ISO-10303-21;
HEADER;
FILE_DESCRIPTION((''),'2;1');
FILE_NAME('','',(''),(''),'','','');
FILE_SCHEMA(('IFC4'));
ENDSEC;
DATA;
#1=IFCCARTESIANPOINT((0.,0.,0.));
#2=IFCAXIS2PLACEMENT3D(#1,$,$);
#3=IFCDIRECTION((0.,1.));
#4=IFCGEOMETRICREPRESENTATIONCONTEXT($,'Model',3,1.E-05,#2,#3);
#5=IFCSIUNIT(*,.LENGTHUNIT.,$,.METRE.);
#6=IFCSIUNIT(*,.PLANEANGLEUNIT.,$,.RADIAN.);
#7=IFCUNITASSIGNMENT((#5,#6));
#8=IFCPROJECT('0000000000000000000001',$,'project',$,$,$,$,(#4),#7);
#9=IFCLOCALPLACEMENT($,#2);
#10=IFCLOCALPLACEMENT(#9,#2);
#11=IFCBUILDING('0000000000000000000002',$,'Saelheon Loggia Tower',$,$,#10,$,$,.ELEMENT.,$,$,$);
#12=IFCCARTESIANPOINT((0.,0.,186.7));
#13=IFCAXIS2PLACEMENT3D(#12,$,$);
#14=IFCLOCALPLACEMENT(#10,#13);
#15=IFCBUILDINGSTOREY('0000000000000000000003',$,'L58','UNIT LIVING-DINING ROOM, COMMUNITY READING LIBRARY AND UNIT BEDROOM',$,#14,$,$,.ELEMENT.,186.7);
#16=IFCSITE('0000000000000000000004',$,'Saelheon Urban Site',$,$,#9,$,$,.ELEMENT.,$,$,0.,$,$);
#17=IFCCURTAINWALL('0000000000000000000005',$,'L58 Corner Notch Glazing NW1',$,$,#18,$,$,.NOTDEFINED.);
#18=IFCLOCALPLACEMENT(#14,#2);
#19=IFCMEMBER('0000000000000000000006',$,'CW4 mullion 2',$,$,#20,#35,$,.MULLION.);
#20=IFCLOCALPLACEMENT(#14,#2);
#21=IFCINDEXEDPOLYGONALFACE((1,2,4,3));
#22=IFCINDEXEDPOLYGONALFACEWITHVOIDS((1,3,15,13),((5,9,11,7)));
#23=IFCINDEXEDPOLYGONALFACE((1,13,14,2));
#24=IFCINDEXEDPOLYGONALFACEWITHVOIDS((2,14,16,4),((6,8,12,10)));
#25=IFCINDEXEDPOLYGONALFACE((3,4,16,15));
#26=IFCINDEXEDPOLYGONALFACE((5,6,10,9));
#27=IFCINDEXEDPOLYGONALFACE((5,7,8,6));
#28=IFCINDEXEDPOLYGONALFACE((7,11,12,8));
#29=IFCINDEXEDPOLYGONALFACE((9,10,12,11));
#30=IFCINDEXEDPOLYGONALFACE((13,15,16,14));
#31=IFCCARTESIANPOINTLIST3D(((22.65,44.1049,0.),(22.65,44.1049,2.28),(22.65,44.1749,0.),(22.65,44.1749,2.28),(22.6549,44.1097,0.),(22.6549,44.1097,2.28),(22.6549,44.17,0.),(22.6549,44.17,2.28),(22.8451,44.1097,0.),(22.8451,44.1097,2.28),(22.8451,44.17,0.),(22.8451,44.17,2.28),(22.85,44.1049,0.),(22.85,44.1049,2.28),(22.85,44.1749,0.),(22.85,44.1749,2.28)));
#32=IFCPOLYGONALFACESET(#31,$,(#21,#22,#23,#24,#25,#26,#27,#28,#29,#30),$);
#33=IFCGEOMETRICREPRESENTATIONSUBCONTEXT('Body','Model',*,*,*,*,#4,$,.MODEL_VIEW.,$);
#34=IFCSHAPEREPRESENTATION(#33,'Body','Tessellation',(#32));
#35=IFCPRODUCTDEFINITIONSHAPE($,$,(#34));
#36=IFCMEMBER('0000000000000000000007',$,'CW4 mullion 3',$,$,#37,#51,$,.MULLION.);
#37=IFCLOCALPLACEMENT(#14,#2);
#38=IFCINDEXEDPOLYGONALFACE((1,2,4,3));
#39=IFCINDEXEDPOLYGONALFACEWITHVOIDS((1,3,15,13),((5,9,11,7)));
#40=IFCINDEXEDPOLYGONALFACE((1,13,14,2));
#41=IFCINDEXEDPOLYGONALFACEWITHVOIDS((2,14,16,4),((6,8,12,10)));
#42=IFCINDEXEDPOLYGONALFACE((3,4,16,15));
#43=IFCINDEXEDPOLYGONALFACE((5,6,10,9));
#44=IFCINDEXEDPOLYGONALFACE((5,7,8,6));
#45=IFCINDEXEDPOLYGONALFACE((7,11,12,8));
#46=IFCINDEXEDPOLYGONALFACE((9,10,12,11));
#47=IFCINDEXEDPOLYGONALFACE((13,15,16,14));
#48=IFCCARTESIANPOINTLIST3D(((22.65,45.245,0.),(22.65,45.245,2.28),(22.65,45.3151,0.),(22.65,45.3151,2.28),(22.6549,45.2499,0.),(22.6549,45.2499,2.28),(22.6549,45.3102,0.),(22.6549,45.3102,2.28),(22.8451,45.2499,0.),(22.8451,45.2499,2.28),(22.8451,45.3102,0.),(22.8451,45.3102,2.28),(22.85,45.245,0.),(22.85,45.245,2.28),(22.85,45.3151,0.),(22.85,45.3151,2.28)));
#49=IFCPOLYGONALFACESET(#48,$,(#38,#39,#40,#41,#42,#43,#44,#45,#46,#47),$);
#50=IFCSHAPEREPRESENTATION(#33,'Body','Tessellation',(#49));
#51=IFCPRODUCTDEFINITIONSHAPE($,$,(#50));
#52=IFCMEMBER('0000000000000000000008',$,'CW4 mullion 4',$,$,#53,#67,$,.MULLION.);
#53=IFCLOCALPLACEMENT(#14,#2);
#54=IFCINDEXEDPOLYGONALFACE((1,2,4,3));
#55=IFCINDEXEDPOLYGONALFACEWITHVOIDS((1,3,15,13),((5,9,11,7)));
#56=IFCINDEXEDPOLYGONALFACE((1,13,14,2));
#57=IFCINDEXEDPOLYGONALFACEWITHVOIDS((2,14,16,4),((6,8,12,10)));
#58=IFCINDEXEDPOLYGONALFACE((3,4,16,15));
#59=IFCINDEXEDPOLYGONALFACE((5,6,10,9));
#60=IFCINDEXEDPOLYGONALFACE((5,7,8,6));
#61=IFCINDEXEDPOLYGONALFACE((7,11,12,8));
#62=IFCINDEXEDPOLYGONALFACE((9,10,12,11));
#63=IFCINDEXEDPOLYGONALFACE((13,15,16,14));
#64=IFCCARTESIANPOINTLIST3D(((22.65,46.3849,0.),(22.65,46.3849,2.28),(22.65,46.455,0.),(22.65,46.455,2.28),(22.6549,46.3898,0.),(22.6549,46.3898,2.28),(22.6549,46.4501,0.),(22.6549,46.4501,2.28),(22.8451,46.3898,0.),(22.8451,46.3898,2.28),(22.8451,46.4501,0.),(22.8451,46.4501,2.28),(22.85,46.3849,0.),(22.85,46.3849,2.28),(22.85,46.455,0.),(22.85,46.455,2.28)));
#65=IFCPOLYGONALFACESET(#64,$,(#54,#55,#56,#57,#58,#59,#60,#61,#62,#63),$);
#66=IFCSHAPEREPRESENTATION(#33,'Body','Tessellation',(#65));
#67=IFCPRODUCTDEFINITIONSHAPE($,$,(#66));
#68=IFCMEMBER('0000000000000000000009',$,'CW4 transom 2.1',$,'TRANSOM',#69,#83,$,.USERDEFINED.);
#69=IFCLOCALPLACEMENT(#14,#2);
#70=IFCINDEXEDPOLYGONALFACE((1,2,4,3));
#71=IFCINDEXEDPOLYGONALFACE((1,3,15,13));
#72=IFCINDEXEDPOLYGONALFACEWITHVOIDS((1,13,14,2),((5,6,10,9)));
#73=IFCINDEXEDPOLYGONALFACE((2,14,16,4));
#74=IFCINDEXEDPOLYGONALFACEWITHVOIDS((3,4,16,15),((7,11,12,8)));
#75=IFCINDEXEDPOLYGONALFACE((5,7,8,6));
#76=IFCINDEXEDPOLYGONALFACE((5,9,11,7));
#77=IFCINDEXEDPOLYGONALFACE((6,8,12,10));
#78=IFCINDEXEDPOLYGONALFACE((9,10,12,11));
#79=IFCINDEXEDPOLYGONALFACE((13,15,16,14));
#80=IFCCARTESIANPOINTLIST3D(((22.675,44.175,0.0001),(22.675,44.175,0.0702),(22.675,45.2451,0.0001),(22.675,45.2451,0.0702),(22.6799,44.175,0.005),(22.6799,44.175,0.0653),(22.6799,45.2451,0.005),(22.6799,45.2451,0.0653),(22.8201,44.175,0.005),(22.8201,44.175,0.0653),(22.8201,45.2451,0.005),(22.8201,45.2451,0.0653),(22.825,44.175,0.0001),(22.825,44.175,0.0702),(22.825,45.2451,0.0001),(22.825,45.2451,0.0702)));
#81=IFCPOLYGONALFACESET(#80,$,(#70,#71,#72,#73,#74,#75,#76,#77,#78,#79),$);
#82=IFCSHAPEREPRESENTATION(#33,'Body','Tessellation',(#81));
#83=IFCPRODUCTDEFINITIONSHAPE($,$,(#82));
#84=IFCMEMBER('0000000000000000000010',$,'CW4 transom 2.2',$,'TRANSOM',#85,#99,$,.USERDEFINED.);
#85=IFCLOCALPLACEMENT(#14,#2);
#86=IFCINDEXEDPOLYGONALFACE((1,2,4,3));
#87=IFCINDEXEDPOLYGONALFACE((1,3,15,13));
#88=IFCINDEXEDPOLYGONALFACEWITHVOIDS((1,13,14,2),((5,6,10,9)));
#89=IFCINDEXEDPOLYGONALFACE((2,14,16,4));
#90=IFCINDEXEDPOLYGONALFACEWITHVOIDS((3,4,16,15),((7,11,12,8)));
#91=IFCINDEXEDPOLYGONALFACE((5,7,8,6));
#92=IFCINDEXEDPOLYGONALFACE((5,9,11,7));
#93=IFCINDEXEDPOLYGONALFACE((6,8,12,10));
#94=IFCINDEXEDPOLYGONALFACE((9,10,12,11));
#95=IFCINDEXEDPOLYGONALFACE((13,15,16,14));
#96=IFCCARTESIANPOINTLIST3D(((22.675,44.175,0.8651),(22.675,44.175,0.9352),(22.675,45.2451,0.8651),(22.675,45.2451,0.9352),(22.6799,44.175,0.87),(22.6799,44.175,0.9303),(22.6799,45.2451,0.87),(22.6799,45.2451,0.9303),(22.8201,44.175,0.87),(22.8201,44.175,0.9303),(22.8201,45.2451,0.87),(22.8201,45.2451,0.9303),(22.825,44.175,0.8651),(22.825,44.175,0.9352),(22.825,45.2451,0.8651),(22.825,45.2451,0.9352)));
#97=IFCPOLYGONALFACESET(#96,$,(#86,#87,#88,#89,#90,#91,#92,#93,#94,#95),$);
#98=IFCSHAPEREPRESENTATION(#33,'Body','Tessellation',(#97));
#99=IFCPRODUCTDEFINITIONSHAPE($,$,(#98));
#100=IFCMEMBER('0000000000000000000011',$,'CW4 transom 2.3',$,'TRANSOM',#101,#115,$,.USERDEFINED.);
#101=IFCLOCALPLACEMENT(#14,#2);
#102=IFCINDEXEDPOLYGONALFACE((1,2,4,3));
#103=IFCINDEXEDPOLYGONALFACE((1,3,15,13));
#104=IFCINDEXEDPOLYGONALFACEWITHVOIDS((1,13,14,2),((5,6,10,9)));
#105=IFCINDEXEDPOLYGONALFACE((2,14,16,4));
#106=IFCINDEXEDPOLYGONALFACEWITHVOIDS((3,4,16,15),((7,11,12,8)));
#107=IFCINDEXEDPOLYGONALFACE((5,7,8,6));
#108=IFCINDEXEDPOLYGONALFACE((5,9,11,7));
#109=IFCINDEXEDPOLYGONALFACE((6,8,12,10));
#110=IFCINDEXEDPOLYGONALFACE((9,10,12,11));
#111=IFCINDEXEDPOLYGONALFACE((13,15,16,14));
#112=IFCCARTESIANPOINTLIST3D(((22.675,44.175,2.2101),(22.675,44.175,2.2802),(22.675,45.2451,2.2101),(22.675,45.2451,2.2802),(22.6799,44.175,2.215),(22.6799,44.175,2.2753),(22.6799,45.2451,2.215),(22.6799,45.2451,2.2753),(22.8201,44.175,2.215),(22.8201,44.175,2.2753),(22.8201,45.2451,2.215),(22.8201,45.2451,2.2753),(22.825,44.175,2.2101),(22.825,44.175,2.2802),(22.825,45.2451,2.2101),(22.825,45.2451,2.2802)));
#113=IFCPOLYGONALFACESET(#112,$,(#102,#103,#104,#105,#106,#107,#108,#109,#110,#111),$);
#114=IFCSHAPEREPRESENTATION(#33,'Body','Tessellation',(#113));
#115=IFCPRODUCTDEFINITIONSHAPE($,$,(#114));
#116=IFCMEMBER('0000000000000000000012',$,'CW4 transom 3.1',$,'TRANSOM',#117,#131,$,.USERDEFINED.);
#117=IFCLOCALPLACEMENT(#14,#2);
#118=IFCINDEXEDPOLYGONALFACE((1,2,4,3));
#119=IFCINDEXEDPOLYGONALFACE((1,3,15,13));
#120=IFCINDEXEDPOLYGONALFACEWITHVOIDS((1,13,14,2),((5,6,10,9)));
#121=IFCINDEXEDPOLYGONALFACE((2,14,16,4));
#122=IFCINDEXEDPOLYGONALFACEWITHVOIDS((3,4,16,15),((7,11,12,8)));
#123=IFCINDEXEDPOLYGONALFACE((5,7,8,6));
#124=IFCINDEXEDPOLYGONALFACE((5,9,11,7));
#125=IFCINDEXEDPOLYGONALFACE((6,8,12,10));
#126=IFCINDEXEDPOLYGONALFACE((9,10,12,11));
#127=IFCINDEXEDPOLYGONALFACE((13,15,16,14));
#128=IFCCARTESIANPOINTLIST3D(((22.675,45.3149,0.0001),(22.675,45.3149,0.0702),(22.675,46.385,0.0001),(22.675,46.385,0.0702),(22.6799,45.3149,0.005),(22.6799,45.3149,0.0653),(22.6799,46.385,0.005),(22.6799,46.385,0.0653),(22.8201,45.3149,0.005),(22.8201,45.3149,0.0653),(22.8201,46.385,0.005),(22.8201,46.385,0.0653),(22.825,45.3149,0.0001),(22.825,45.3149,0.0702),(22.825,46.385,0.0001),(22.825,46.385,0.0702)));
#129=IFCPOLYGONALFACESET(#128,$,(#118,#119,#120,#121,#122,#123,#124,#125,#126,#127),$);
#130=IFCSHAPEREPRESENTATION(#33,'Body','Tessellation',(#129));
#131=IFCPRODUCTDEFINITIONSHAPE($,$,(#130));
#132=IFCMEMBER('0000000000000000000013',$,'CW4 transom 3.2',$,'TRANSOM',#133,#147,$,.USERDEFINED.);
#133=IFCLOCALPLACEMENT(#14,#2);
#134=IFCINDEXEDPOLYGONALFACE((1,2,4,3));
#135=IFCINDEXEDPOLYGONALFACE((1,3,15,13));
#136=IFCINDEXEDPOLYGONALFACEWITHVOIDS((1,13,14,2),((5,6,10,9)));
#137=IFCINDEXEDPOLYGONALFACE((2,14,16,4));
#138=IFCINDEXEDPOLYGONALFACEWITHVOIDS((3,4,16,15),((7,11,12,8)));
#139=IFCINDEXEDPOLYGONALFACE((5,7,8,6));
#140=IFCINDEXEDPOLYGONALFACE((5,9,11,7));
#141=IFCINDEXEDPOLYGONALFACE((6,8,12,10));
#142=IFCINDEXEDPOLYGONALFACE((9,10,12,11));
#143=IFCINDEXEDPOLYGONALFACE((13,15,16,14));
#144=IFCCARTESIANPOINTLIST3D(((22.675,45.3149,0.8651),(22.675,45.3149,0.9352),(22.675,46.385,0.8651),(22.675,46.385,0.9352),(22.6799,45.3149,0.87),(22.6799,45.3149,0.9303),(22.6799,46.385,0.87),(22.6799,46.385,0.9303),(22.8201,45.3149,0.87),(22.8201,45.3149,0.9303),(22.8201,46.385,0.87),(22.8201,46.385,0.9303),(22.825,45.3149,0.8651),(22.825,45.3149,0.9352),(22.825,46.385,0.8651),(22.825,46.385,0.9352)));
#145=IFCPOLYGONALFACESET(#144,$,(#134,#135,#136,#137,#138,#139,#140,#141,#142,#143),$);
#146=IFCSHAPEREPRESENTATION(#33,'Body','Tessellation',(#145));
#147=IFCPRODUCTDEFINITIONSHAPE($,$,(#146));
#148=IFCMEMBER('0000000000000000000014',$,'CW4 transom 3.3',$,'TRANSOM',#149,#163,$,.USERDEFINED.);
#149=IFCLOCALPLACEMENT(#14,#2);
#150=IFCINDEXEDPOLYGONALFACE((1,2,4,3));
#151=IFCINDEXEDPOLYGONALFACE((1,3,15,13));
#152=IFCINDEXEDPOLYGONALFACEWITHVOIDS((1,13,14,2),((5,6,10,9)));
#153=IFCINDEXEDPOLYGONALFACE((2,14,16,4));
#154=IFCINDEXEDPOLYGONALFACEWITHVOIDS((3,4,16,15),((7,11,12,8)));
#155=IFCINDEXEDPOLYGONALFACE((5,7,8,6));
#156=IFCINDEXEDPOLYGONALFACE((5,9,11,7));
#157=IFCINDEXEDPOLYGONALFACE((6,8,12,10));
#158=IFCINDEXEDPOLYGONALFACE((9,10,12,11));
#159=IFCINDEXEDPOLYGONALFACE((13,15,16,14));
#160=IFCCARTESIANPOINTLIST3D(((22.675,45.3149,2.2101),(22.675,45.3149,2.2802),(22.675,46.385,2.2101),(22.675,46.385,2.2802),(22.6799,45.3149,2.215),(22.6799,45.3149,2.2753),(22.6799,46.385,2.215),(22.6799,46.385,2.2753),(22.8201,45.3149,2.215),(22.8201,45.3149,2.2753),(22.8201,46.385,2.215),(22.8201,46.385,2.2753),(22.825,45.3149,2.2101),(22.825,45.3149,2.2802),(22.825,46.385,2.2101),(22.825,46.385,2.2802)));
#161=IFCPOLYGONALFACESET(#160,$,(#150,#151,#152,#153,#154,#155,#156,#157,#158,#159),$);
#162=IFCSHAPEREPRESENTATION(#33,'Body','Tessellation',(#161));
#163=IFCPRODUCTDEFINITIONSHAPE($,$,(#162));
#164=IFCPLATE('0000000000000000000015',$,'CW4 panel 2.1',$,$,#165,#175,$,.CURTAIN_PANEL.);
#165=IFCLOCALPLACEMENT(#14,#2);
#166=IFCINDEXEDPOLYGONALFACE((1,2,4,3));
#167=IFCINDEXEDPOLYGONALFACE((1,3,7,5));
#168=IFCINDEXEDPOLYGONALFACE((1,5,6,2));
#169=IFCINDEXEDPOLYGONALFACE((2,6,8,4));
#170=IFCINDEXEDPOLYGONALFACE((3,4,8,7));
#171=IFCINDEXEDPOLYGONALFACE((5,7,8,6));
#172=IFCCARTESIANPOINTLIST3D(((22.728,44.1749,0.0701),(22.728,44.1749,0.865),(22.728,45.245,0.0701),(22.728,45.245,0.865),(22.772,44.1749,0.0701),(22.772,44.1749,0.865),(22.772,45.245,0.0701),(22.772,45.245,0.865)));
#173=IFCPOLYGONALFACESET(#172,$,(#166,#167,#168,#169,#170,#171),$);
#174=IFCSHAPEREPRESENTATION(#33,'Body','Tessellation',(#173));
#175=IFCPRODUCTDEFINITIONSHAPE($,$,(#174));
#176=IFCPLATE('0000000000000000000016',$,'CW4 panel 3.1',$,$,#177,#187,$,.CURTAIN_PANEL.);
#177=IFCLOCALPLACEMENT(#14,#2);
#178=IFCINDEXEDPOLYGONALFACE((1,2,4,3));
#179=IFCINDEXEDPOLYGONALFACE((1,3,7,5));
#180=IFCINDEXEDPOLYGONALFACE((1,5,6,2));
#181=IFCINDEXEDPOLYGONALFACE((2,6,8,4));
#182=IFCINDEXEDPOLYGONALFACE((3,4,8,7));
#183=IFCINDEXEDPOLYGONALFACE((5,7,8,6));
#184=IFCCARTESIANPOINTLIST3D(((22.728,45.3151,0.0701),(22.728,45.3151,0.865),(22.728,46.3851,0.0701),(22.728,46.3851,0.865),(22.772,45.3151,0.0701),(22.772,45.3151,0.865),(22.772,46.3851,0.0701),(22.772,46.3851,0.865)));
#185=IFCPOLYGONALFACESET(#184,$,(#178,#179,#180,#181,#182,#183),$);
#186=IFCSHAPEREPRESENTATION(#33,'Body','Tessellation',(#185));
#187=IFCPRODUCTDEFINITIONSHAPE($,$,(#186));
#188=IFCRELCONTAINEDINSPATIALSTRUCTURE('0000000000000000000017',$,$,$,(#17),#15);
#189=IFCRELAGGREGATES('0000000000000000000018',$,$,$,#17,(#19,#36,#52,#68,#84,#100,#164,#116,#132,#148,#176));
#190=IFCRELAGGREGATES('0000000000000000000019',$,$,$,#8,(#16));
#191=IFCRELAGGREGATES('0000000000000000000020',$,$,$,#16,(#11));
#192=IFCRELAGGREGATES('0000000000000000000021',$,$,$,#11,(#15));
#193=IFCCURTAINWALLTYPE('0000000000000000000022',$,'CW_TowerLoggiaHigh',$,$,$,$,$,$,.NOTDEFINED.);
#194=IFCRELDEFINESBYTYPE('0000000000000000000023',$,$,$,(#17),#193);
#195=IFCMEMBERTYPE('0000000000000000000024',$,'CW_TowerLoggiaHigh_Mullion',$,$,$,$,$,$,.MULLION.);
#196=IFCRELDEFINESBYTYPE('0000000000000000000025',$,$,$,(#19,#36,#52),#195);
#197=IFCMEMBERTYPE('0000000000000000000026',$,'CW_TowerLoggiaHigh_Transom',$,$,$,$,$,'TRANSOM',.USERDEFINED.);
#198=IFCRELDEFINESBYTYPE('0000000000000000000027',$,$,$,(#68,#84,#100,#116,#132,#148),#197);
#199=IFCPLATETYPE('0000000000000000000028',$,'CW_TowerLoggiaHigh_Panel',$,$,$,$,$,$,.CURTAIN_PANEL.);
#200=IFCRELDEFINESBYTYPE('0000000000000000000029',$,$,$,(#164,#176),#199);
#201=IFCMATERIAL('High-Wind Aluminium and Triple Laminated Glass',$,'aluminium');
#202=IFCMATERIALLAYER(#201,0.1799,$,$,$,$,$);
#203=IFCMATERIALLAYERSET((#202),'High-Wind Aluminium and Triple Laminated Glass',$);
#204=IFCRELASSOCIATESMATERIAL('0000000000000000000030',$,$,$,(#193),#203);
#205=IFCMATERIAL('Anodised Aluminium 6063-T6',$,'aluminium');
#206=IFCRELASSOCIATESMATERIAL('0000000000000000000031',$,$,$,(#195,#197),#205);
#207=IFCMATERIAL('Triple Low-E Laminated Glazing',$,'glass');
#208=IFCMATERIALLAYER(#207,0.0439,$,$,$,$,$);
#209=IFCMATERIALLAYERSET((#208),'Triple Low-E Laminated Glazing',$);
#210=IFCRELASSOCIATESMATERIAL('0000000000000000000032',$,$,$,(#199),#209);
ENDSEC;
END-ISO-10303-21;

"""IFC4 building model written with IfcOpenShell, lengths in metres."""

from ifc_helpers import new_model, si_unit, direction, frame, origin, origin_2d, place, context, subcontext, project, spatial, rectangle, hollow_rectangle, extrude, source, transform, mapped, material, layer, layer_set, material_profile, profile_set, type_object, element, aggregate, save


model = new_model("IFC4")

# Units and contexts
model_context = context("Model", 3, precision=1e-05, world=origin(), true_north=direction((0.0, 1.0)))
body_context = subcontext(model_context, "Body", "Model", "MODEL_VIEW")
ifc_project = project(units=[si_unit("LENGTHUNIT", "METRE"), si_unit("PLANEANGLEUNIT", "RADIAN")], contexts=[model_context])

# Site, building, storey
site_placement = place(None, origin())
site = spatial("IfcSite", under=ifc_project, at=site_placement, Name="Saelheon Urban Site", CompositionType="ELEMENT", RefElevation=0.0)
building_placement = place(site_placement, origin())
building = spatial("IfcBuilding", under=site, at=building_placement, Name="Saelheon Loggia Tower", CompositionType="ELEMENT")
storey_placement = place(building_placement, frame((0.0, 0.0, 186.7)))
storey = spatial("IfcBuildingStorey", under=building, at=storey_placement, Name="L58", Description="UNIT LIVING-DINING ROOM, COMMUNITY READING LIBRARY AND UNIT BEDROOM", CompositionType="ELEMENT", Elevation=186.7)

# Curtain wall, members, plates
ifc_material_1 = material(Name="High-Wind Aluminium and Triple Laminated Glass", Category="aluminium")
ifc_layer_1 = layer(ifc_material_1, 0.1799)
ifc_layer_set_1 = layer_set([ifc_layer_1], Name="High-Wind Aluminium and Triple Laminated Glass")
curtain_wall_type = type_object("IfcCurtainWallType", Name="CW_TowerLoggiaHigh", PredefinedType="NOTDEFINED", material=ifc_layer_set_1)
curtain_wall_placement = place(storey_placement, origin())
curtain_wall = element("IfcCurtainWall", 1, at=curtain_wall_placement, inside=storey, type_object=curtain_wall_type, Name="L58 Corner Notch Glazing NW1", PredefinedType="NOTDEFINED")
ifc_material_2 = material(Name="Anodised Aluminium 6063-T6", Category="aluminium")
ifc_material_profile_1 = material_profile(ifc_material_2, hollow_rectangle(XDim=0.0701, YDim=0.2, WallThickness=0.0049, at=origin_2d()), Name="RHS-200x70x5")
ifc_profile_set_1 = profile_set([ifc_material_profile_1], Name="Anodised Aluminium 6063-T6")
member_type_1 = type_object("IfcMemberType", Name="CW_TowerLoggiaHigh_Mullion", PredefinedType="MULLION", material=ifc_profile_set_1)
shared_shape_1 = source(origin(), body_context, "Body", "SweptSolid", [
    extrude(hollow_rectangle(XDim=0.0701, YDim=0.2, WallThickness=0.0049, at=origin_2d()), origin(), (0.0, 0.0, 1.0), 2.28),
])
member_1_placement = place(storey_placement, frame((22.75, 44.1399, 0.0), z_axis=(0.0, 0.0, 1.0), x_axis=(0.0, 1.0, 0.0)))
member_1 = element("IfcMember", 2, at=member_1_placement, type_object=member_type_1, Name="CW4 mullion 2", PredefinedType="MULLION", context=body_context, shape_type="MappedRepresentation", body=[
    mapped(shared_shape_1, transform((0.0, 0.0, 0.0), scale=1.0)),
])
member_2_placement = place(storey_placement, frame((22.75, 45.28, 0.0), z_axis=(0.0, 0.0, 1.0), x_axis=(0.0, 1.0, 0.0)))
member_2 = element("IfcMember", 3, at=member_2_placement, type_object=member_type_1, Name="CW4 mullion 3", PredefinedType="MULLION", context=body_context, shape_type="MappedRepresentation", body=[
    mapped(shared_shape_1, transform((0.0, 0.0, 0.0), scale=1.0)),
])
member_3_placement = place(storey_placement, frame((22.75, 46.4199, 0.0), z_axis=(0.0, 0.0, 1.0), x_axis=(0.0, 1.0, 0.0)))
member_3 = element("IfcMember", 4, at=member_3_placement, type_object=member_type_1, Name="CW4 mullion 4", PredefinedType="MULLION", context=body_context, shape_type="MappedRepresentation", body=[
    mapped(shared_shape_1, transform((0.0, 0.0, 0.0), scale=1.0)),
])
ifc_material_profile_2 = material_profile(ifc_material_2, hollow_rectangle(XDim=0.0701, YDim=0.1499, WallThickness=0.0049, at=origin_2d()), Name="RHS-150x70x5")
ifc_profile_set_2 = profile_set([ifc_material_profile_2], Name="Anodised Aluminium 6063-T6")
member_type_2 = type_object("IfcMemberType", Name="CW_TowerLoggiaHigh_Transom", ElementType="TRANSOM", PredefinedType="USERDEFINED", material=ifc_profile_set_2)
shared_shape_2 = source(origin(), body_context, "Body", "SweptSolid", [
    extrude(hollow_rectangle(XDim=0.0701, YDim=0.1499, WallThickness=0.0049, at=origin_2d()), origin(), (0.0, 0.0, 1.0), 1.0701),
])
member_4_placement = place(storey_placement, frame((22.75, 44.175, 0.0352), z_axis=(0.0, 1.0, 0.0), x_axis=(0.0, 0.0, 1.0)))
member_4 = element("IfcMember", 5, at=member_4_placement, type_object=member_type_2, Name="CW4 transom 2.1", ObjectType="TRANSOM", PredefinedType="USERDEFINED", context=body_context, shape_type="MappedRepresentation", body=[
    mapped(shared_shape_2, transform((0.0, 0.0, 0.0), scale=1.0)),
])
member_5_placement = place(storey_placement, frame((22.75, 44.175, 0.9001), z_axis=(0.0, 1.0, 0.0), x_axis=(0.0, 0.0, 1.0)))
member_5 = element("IfcMember", 6, at=member_5_placement, type_object=member_type_2, Name="CW4 transom 2.2", ObjectType="TRANSOM", PredefinedType="USERDEFINED", context=body_context, shape_type="MappedRepresentation", body=[
    mapped(shared_shape_2, transform((0.0, 0.0, 0.0), scale=1.0)),
])
member_6_placement = place(storey_placement, frame((22.75, 44.175, 2.2451), z_axis=(0.0, 1.0, 0.0), x_axis=(0.0, 0.0, 1.0)))
member_6 = element("IfcMember", 7, at=member_6_placement, type_object=member_type_2, Name="CW4 transom 2.3", ObjectType="TRANSOM", PredefinedType="USERDEFINED", context=body_context, shape_type="MappedRepresentation", body=[
    mapped(shared_shape_2, transform((0.0, 0.0, 0.0), scale=1.0)),
])
member_7_placement = place(storey_placement, frame((22.75, 45.3149, 0.0352), z_axis=(0.0, 1.0, 0.0), x_axis=(0.0, 0.0, 1.0)))
member_7 = element("IfcMember", 8, at=member_7_placement, type_object=member_type_2, Name="CW4 transom 3.1", ObjectType="TRANSOM", PredefinedType="USERDEFINED", context=body_context, shape_type="MappedRepresentation", body=[
    mapped(shared_shape_2, transform((0.0, 0.0, 0.0), scale=1.0)),
])
member_8_placement = place(storey_placement, frame((22.75, 45.3149, 0.9001), z_axis=(0.0, 1.0, 0.0), x_axis=(0.0, 0.0, 1.0)))
member_8 = element("IfcMember", 9, at=member_8_placement, type_object=member_type_2, Name="CW4 transom 3.2", ObjectType="TRANSOM", PredefinedType="USERDEFINED", context=body_context, shape_type="MappedRepresentation", body=[
    mapped(shared_shape_2, transform((0.0, 0.0, 0.0), scale=1.0)),
])
member_9_placement = place(storey_placement, frame((22.75, 45.3149, 2.2451), z_axis=(0.0, 1.0, 0.0), x_axis=(0.0, 0.0, 1.0)))
member_9 = element("IfcMember", 10, at=member_9_placement, type_object=member_type_2, Name="CW4 transom 3.3", ObjectType="TRANSOM", PredefinedType="USERDEFINED", context=body_context, shape_type="MappedRepresentation", body=[
    mapped(shared_shape_2, transform((0.0, 0.0, 0.0), scale=1.0)),
])
ifc_material_3 = material(Name="Triple Low-E Laminated Glazing", Category="glass")
ifc_layer_2 = layer(ifc_material_3, 0.0439)
ifc_layer_set_2 = layer_set([ifc_layer_2], Name="Triple Low-E Laminated Glazing")
plate_type = type_object("IfcPlateType", Name="CW_TowerLoggiaHigh_Panel", PredefinedType="CURTAIN_PANEL", material=ifc_layer_set_2)
shared_shape_3 = source(origin(), body_context, "Body", "SweptSolid", [
    extrude(rectangle(XDim=1.0701, YDim=0.0439, at=origin_2d()), origin(), (0.0, 0.0, 1.0), 0.7949),
])
plate_1_placement = place(storey_placement, frame((22.75, 44.71, 0.0701), z_axis=(0.0, 0.0, 1.0), x_axis=(0.0, 1.0, 0.0)))
plate_1 = element("IfcPlate", 11, at=plate_1_placement, type_object=plate_type, Name="CW4 panel 2.1", PredefinedType="CURTAIN_PANEL", context=body_context, shape_type="MappedRepresentation", body=[
    mapped(shared_shape_3, transform((0.0, 0.0, 0.0), scale=1.0)),
])
plate_2_placement = place(storey_placement, frame((22.75, 45.8501, 0.0701), z_axis=(0.0, 0.0, 1.0), x_axis=(0.0, 1.0, 0.0)))
plate_2 = element("IfcPlate", 12, at=plate_2_placement, type_object=plate_type, Name="CW4 panel 3.1", PredefinedType="CURTAIN_PANEL", context=body_context, shape_type="MappedRepresentation", body=[
    mapped(shared_shape_3, transform((0.0, 0.0, 0.0), scale=1.0)),
])
aggregate(curtain_wall, [member_1, member_2, member_3, member_4, member_5, member_6, plate_1, member_7, member_8, member_9, plate_2])

save(model, "model.ifc")
